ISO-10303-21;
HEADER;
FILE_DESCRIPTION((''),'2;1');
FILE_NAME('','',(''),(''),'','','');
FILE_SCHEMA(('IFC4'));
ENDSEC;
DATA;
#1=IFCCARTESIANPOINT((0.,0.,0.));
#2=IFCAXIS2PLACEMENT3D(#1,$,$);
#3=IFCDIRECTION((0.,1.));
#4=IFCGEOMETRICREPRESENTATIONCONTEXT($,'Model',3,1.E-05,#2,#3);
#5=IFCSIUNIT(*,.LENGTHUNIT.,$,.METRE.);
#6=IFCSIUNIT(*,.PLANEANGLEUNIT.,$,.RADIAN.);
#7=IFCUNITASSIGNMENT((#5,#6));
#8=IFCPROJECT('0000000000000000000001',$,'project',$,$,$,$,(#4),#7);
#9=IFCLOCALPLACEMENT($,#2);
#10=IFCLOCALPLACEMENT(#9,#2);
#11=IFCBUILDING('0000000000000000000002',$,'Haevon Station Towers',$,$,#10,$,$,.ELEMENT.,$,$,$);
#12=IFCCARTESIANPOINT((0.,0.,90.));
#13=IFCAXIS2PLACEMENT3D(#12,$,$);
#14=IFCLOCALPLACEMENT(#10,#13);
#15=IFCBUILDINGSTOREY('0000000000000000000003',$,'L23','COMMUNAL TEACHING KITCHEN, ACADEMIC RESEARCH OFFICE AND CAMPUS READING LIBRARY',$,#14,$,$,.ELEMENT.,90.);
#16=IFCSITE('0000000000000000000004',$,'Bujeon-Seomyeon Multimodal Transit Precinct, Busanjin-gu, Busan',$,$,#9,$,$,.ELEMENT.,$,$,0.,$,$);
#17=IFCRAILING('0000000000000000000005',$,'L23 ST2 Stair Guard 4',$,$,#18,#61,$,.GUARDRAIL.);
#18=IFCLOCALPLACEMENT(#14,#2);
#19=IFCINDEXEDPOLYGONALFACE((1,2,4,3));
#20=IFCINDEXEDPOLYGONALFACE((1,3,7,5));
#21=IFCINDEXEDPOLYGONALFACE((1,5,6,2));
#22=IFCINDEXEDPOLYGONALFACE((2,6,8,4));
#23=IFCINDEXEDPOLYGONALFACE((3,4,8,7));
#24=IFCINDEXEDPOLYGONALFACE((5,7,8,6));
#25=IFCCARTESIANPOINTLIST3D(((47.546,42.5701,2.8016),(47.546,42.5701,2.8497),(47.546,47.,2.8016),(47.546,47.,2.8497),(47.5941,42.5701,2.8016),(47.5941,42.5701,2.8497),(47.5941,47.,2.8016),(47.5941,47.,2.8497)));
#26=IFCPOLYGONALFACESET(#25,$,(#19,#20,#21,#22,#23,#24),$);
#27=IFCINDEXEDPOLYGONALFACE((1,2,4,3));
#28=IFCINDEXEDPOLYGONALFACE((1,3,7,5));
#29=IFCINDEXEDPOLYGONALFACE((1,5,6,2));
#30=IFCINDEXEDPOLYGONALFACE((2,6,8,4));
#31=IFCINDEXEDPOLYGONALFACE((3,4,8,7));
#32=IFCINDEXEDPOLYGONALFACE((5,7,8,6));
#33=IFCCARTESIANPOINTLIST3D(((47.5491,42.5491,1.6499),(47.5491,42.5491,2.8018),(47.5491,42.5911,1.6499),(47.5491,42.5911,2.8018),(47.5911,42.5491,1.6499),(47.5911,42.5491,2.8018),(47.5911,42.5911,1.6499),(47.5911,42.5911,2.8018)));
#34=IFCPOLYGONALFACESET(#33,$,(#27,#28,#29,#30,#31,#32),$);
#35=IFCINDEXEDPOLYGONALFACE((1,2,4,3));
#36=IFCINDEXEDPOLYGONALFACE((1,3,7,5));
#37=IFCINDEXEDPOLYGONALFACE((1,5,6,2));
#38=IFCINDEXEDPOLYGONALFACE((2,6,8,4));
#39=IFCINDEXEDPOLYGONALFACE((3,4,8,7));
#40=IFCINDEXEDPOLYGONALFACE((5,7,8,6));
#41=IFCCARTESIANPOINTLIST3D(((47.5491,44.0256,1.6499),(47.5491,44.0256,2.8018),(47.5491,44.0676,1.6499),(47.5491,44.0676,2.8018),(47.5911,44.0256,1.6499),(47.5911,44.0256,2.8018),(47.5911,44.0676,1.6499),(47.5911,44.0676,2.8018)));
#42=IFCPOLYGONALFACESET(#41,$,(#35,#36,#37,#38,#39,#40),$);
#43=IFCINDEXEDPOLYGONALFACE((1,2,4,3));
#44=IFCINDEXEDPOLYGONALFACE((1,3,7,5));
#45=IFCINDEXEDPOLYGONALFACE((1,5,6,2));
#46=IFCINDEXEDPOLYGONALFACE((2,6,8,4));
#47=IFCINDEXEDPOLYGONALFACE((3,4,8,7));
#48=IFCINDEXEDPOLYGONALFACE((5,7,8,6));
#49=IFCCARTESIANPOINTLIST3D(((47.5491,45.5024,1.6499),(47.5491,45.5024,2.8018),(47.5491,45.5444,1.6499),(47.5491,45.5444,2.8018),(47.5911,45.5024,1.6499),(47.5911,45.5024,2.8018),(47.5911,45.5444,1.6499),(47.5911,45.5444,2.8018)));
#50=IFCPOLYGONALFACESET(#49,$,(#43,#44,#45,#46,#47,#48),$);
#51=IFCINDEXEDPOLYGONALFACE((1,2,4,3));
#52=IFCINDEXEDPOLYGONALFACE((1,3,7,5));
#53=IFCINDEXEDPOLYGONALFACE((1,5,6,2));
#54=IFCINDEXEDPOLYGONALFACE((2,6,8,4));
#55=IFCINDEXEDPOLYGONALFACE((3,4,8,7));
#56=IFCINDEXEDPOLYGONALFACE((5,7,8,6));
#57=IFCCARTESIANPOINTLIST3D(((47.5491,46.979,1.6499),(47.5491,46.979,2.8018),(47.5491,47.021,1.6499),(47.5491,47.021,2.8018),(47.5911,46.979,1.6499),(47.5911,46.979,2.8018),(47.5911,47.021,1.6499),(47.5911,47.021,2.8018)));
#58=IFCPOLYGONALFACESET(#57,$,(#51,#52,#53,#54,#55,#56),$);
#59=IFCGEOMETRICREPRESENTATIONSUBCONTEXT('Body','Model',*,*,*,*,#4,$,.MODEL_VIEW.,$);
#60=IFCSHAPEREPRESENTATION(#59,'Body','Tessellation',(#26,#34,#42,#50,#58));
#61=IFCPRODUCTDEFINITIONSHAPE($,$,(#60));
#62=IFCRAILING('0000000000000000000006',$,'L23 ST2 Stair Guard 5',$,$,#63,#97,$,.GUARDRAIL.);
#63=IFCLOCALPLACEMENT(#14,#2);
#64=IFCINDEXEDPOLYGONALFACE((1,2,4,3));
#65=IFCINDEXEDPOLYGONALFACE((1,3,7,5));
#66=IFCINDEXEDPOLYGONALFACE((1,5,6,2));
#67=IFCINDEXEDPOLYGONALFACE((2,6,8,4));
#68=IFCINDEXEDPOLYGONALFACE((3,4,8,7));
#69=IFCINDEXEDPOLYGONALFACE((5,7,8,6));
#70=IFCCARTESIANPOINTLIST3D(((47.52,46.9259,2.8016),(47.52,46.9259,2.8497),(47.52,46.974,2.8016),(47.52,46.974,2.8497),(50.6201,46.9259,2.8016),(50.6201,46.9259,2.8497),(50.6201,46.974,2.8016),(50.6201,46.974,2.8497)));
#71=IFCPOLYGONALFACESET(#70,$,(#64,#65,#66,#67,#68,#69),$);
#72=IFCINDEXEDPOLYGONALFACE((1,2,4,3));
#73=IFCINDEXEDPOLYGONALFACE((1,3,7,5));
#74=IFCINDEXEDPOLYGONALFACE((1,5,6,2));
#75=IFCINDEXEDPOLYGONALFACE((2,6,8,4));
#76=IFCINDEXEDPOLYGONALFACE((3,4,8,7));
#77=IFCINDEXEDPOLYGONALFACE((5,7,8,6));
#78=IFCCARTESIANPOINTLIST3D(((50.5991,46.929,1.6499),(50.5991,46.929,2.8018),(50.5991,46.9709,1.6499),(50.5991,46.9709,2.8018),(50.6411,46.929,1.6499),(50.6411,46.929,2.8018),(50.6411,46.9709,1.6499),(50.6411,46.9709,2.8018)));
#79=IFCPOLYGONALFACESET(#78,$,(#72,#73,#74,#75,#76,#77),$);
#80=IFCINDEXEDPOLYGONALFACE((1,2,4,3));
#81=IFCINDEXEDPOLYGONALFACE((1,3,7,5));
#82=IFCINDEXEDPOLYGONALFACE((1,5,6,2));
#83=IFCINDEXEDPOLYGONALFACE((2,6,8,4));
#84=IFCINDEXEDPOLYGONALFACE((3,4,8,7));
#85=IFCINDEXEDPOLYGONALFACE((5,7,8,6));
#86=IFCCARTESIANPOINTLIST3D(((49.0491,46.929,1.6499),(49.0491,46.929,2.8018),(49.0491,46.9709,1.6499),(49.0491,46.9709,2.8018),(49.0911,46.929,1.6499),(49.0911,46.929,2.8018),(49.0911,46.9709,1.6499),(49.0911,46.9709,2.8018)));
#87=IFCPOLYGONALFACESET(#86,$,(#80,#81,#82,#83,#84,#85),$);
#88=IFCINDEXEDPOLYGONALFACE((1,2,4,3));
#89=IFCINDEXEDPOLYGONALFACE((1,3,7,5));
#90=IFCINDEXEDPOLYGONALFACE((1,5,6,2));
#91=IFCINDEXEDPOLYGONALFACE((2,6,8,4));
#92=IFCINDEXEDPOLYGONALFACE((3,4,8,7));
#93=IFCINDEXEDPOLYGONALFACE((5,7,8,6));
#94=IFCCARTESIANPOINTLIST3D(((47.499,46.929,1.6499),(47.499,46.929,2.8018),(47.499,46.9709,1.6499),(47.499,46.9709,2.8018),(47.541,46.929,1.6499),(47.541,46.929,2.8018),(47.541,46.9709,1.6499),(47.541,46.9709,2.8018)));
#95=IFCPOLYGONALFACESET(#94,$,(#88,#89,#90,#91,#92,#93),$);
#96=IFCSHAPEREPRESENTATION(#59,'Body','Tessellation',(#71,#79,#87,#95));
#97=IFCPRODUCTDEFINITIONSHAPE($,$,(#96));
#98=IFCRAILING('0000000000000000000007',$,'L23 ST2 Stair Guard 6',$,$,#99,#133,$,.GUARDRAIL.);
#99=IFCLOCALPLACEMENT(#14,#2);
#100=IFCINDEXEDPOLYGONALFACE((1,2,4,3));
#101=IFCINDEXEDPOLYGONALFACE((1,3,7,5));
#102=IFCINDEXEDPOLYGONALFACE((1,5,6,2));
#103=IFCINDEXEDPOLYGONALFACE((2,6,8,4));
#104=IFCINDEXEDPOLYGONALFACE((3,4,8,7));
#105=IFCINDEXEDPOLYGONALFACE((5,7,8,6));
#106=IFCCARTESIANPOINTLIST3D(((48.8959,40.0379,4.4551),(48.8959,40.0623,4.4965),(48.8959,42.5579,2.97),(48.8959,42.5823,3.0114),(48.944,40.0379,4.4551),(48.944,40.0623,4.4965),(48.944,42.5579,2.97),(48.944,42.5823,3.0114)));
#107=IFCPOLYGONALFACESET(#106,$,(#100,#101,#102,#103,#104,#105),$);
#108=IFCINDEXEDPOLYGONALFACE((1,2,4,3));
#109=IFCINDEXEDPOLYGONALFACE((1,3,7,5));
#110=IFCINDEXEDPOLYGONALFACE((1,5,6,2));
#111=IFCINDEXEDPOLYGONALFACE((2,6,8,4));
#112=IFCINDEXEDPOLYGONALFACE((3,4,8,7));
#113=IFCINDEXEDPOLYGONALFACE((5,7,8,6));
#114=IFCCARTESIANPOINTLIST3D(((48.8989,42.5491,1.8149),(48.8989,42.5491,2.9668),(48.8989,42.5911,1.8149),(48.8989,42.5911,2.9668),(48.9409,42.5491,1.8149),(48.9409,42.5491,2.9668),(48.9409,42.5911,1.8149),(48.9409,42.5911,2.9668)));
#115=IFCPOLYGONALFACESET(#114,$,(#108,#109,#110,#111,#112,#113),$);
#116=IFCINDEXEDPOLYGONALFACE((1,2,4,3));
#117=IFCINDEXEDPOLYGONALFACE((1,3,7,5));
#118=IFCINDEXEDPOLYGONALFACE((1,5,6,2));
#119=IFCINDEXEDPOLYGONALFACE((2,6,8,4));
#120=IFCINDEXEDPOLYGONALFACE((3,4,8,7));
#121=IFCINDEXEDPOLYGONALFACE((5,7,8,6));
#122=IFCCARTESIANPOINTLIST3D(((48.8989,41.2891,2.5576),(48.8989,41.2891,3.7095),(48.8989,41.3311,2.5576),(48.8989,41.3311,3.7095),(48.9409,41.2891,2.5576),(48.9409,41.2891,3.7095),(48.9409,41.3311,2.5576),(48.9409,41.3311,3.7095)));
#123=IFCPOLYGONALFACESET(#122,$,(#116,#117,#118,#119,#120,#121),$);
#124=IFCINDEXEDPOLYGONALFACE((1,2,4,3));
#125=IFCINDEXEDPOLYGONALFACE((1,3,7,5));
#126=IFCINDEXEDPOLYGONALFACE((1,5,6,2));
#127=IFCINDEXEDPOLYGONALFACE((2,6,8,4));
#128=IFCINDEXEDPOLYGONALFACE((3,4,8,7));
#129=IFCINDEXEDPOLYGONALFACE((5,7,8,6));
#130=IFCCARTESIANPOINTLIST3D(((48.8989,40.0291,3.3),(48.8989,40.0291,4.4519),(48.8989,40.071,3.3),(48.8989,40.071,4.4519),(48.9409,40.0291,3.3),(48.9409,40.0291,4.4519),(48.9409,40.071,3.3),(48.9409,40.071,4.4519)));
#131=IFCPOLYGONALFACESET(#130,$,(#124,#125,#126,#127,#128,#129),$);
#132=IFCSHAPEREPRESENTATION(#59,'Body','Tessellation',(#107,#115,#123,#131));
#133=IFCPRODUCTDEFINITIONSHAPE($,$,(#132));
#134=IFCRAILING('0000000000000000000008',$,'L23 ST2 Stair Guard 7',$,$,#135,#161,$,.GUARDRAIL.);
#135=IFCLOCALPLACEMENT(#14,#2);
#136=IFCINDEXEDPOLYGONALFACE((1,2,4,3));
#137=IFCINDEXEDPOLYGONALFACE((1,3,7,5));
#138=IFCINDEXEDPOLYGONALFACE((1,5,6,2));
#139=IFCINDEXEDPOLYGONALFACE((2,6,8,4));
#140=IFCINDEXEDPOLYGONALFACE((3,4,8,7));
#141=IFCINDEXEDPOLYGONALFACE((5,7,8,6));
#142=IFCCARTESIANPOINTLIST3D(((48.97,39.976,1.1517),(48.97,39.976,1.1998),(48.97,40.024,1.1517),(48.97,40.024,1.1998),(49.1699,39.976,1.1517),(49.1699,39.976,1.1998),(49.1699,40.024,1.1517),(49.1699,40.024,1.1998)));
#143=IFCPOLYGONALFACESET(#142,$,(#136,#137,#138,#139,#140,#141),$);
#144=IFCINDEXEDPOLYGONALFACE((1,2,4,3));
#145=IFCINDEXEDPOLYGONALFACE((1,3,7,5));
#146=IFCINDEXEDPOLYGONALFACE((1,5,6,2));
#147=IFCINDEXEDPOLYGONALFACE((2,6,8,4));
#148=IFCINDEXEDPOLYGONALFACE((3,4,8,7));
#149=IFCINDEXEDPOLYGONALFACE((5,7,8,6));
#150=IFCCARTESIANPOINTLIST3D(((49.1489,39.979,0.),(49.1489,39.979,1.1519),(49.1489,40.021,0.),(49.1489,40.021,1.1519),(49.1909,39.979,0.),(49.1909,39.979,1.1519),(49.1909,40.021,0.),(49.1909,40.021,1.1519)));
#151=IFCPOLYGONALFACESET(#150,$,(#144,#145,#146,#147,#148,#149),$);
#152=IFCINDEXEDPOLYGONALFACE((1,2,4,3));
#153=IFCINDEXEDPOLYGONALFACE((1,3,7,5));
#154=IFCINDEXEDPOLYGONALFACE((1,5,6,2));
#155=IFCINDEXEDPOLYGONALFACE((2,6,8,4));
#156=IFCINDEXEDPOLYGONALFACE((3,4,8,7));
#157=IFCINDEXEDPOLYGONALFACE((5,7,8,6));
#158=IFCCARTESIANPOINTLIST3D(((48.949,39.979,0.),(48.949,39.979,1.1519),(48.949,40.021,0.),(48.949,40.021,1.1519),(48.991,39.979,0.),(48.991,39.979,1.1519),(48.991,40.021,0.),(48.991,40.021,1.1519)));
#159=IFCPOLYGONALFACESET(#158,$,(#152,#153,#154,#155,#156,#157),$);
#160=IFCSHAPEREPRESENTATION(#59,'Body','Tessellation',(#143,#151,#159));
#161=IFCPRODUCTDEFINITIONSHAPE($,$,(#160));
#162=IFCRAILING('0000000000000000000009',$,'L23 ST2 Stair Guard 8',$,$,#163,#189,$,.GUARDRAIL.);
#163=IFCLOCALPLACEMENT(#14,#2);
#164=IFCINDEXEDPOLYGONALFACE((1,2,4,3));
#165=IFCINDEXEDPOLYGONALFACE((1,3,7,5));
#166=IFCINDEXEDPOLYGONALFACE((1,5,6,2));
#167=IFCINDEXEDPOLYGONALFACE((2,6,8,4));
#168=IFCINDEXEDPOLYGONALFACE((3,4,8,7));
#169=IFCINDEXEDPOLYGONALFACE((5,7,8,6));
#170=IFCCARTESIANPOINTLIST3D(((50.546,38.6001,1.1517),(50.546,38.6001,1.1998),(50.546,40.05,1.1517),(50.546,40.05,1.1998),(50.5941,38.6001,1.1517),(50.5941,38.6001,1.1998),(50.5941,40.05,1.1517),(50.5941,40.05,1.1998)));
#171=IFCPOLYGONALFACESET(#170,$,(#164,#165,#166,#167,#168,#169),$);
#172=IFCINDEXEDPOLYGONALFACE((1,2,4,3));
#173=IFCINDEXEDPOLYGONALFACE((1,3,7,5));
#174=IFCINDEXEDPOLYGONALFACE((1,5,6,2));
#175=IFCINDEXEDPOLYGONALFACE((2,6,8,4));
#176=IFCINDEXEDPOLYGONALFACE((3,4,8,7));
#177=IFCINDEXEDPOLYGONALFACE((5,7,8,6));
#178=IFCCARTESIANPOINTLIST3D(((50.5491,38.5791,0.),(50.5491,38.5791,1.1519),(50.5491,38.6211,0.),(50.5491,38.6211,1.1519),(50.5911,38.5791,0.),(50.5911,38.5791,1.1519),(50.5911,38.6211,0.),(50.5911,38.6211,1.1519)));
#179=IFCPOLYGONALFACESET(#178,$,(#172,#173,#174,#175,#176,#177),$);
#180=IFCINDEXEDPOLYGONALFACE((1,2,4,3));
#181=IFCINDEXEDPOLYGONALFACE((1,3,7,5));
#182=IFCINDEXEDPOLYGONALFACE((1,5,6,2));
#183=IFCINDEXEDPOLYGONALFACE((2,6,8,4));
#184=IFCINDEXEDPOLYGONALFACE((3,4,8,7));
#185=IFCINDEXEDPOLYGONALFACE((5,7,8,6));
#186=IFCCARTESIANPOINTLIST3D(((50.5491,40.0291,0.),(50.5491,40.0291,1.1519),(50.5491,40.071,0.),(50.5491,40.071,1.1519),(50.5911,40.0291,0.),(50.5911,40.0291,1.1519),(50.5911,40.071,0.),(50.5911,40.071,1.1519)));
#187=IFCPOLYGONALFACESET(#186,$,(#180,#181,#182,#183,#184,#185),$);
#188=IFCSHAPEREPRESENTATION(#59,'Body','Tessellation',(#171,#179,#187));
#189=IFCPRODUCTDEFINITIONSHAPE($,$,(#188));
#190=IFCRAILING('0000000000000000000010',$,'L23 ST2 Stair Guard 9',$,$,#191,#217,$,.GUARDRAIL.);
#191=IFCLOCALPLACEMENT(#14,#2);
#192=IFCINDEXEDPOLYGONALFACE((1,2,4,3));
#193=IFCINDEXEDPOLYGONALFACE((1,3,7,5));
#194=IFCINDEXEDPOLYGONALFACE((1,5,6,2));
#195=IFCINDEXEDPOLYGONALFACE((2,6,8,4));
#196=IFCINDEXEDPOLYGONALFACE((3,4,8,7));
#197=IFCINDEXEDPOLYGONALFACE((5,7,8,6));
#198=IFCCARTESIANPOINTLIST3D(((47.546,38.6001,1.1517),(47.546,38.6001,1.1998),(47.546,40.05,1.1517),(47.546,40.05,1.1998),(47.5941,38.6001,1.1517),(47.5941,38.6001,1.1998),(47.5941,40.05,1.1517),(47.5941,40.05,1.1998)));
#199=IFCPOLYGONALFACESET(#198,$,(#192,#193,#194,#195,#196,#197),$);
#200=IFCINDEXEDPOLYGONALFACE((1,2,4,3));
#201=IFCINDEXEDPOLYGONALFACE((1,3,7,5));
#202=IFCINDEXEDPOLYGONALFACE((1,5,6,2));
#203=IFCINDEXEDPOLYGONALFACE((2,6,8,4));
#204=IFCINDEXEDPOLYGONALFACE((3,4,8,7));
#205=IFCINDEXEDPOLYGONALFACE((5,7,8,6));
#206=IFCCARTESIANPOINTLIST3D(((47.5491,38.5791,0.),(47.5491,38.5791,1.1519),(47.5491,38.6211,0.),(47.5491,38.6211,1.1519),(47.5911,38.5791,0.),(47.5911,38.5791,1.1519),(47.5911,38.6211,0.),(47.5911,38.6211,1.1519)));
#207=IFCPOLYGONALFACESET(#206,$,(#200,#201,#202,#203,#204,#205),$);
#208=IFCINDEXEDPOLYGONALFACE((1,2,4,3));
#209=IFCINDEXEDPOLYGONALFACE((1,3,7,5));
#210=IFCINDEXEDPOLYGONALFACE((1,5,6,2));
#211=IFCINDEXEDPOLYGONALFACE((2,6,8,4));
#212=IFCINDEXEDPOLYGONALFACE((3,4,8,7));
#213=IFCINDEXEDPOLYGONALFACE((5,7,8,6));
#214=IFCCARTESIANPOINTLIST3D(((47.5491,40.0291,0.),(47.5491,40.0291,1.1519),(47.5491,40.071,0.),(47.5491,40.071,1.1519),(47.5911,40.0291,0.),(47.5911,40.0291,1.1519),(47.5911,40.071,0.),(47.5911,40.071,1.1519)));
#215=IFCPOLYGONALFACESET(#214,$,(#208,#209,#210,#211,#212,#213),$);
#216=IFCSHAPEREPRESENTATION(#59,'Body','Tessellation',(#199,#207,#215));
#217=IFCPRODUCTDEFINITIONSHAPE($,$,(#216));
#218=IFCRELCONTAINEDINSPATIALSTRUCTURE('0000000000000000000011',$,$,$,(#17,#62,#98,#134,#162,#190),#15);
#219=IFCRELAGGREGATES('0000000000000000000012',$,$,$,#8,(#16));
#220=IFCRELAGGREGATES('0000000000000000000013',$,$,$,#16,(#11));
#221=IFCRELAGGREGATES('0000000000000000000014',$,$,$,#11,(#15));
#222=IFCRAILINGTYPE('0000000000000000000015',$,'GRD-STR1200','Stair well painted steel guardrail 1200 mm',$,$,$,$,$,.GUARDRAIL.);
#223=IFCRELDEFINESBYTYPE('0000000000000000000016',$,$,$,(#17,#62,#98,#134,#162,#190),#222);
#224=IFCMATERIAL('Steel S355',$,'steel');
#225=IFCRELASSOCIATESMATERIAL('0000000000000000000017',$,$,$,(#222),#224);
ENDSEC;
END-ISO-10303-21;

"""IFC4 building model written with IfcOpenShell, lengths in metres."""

from ifc_helpers import new_model, si_unit, direction, frame, origin, origin_2d, place, context, subcontext, project, spatial, rectangle, extrude, material, type_object, element, save


model = new_model("IFC4")

# Units and contexts
model_context = context("Model", 3, precision=1e-05, world=origin(), true_north=direction((0.0, 1.0)))
body_context = subcontext(model_context, "Body", "Model", "MODEL_VIEW")
ifc_project = project(units=[si_unit("LENGTHUNIT", "METRE"), si_unit("PLANEANGLEUNIT", "RADIAN")], contexts=[model_context])

# Site, building, storey
site_placement = place(None, origin())
site = spatial("IfcSite", under=ifc_project, at=site_placement, Name="Bujeon-Seomyeon Multimodal Transit Precinct, Busanjin-gu, Busan", CompositionType="ELEMENT", RefElevation=0.0)
building_placement = place(site_placement, origin())
building = spatial("IfcBuilding", under=site, at=building_placement, Name="Haevon Station Towers", CompositionType="ELEMENT")
storey_placement = place(building_placement, frame((0.0, 0.0, 90.0)))
storey = spatial("IfcBuildingStorey", under=building, at=storey_placement, Name="L23", Description="COMMUNAL TEACHING KITCHEN, ACADEMIC RESEARCH OFFICE AND CAMPUS READING LIBRARY", CompositionType="ELEMENT", Elevation=90.0)

# Shared definitions
ifc_material_1 = material(Name="Steel S355", Category="steel")

# Railings
railing_type_1 = type_object("IfcRailingType", Name="GRD-STR1200", Description="Stair well painted steel guardrail 1200 mm", PredefinedType="GUARDRAIL", material=ifc_material_1)
for number, where, name in (
    (1, (47.5701, 42.5701, 1.6499), "L23 ST2 Stair Guard 4"),
):
    element("IfcRailing", number, at=place(storey_placement, frame(where)), inside=storey, type_object=railing_type_1, Name=name, PredefinedType="GUARDRAIL", context=body_context, shape_type="SweptSolid", body=[
        extrude(rectangle(XDim=0.0481, YDim=0.0481, at=origin_2d()), frame((0.0, 0.0, 1.1758), z_axis=(0.0, 1.0, 0.0), x_axis=(-1.0, 0.0, 0.0)), (0.0, 0.0, 1.0), 4.4299),
        extrude(rectangle(XDim=0.042, YDim=0.042, at=origin_2d()), origin(), (0.0, 0.0, 1.0), 1.1519),
        extrude(rectangle(XDim=0.042, YDim=0.042, at=origin_2d()), frame((0.0, 1.4766, 0.0)), (0.0, 0.0, 1.0), 1.1519),
        extrude(rectangle(XDim=0.042, YDim=0.042, at=origin_2d()), frame((0.0, 2.9534, 0.0)), (0.0, 0.0, 1.0), 1.1519),
        extrude(rectangle(XDim=0.042, YDim=0.042, at=origin_2d()), frame((0.0, 4.4299, 0.0)), (0.0, 0.0, 1.0), 1.1519),
    ])
railing_1_placement = place(storey_placement, frame((50.6201, 46.95, 1.6499)))
element("IfcRailing", 2, at=railing_1_placement, inside=storey, type_object=railing_type_1, Name="L23 ST2 Stair Guard 5", PredefinedType="GUARDRAIL", context=body_context, shape_type="SweptSolid", body=[
    extrude(rectangle(XDim=0.0481, YDim=0.0481, at=origin_2d()), frame((0.0, 0.0, 1.1758), z_axis=(-1.0, 0.0, 0.0), x_axis=(0.0, -1.0, 0.0)), (0.0, 0.0, 1.0), 3.1001),
    extrude(rectangle(XDim=0.042, YDim=0.042, at=origin_2d()), origin(), (0.0, 0.0, 1.0), 1.1519),
    extrude(rectangle(XDim=0.042, YDim=0.042, at=origin_2d()), frame((-1.55, 0.0, 0.0)), (0.0, 0.0, 1.0), 1.1519),
    extrude(rectangle(XDim=0.042, YDim=0.042, at=origin_2d()), frame((-3.1001, 0.0, 0.0)), (0.0, 0.0, 1.0), 1.1519),
])
railing_2_placement = place(storey_placement, frame((48.9199, 42.5701, 1.8149)))
element("IfcRailing", 3, at=railing_2_placement, inside=storey, type_object=railing_type_1, Name="L23 ST2 Stair Guard 6", PredefinedType="GUARDRAIL", context=body_context, shape_type="SweptSolid", body=[
    extrude(rectangle(XDim=0.0481, YDim=0.0481, at=origin_2d()), frame((0.0, 0.0, 1.1758), z_axis=(0.0, -0.861524, 0.507717), x_axis=(1.0, 0.0, 0.0)), (0.0, 0.0, 1.0), 2.925),
    extrude(rectangle(XDim=0.042, YDim=0.042, at=origin_2d()), origin(), (0.0, 0.0, 1.0), 1.1519),
    extrude(rectangle(XDim=0.042, YDim=0.042, at=origin_2d()), frame((0.0, -1.26, 0.7427)), (0.0, 0.0, 1.0), 1.1519),
    extrude(rectangle(XDim=0.042, YDim=0.042, at=origin_2d()), frame((0.0, -2.52, 1.4851)), (0.0, 0.0, 1.0), 1.1519),
])
railing_3_placement = place(storey_placement, frame((49.1699, 40.0, 0.0)))
element("IfcRailing", 4, at=railing_3_placement, inside=storey, type_object=railing_type_1, Name="L23 ST2 Stair Guard 7", PredefinedType="GUARDRAIL", context=body_context, shape_type="SweptSolid", body=[
    extrude(rectangle(XDim=0.0481, YDim=0.0481, at=origin_2d()), frame((0.0, 0.0, 1.1758), z_axis=(-1.0, 0.0, 0.0), x_axis=(0.0, -1.0, 0.0)), (0.0, 0.0, 1.0), 0.2),
    extrude(rectangle(XDim=0.042, YDim=0.042, at=origin_2d()), origin(), (0.0, 0.0, 1.0), 1.1519),
    extrude(rectangle(XDim=0.042, YDim=0.042, at=origin_2d()), frame((-0.2, 0.0, 0.0)), (0.0, 0.0, 1.0), 1.1519),
])
for number, where, name in (
    (5, (50.5701, 38.6001, 0.0), "L23 ST2 Stair Guard 8"),
    (6, (47.5701, 38.6001, 0.0), "L23 ST2 Stair Guard 9"),
):
    element("IfcRailing", number, at=place(storey_placement, frame(where)), inside=storey, type_object=railing_type_1, Name=name, PredefinedType="GUARDRAIL", context=body_context, shape_type="SweptSolid", body=[
        extrude(rectangle(XDim=0.0481, YDim=0.0481, at=origin_2d()), frame((0.0, 0.0, 1.1758), z_axis=(0.0, 1.0, 0.0), x_axis=(-1.0, 0.0, 0.0)), (0.0, 0.0, 1.0), 1.45),
        extrude(rectangle(XDim=0.042, YDim=0.042, at=origin_2d()), origin(), (0.0, 0.0, 1.0), 1.1519),
        extrude(rectangle(XDim=0.042, YDim=0.042, at=origin_2d()), frame((0.0, 1.45, 0.0)), (0.0, 0.0, 1.0), 1.1519),
    ])

save(model, "model.ifc")
